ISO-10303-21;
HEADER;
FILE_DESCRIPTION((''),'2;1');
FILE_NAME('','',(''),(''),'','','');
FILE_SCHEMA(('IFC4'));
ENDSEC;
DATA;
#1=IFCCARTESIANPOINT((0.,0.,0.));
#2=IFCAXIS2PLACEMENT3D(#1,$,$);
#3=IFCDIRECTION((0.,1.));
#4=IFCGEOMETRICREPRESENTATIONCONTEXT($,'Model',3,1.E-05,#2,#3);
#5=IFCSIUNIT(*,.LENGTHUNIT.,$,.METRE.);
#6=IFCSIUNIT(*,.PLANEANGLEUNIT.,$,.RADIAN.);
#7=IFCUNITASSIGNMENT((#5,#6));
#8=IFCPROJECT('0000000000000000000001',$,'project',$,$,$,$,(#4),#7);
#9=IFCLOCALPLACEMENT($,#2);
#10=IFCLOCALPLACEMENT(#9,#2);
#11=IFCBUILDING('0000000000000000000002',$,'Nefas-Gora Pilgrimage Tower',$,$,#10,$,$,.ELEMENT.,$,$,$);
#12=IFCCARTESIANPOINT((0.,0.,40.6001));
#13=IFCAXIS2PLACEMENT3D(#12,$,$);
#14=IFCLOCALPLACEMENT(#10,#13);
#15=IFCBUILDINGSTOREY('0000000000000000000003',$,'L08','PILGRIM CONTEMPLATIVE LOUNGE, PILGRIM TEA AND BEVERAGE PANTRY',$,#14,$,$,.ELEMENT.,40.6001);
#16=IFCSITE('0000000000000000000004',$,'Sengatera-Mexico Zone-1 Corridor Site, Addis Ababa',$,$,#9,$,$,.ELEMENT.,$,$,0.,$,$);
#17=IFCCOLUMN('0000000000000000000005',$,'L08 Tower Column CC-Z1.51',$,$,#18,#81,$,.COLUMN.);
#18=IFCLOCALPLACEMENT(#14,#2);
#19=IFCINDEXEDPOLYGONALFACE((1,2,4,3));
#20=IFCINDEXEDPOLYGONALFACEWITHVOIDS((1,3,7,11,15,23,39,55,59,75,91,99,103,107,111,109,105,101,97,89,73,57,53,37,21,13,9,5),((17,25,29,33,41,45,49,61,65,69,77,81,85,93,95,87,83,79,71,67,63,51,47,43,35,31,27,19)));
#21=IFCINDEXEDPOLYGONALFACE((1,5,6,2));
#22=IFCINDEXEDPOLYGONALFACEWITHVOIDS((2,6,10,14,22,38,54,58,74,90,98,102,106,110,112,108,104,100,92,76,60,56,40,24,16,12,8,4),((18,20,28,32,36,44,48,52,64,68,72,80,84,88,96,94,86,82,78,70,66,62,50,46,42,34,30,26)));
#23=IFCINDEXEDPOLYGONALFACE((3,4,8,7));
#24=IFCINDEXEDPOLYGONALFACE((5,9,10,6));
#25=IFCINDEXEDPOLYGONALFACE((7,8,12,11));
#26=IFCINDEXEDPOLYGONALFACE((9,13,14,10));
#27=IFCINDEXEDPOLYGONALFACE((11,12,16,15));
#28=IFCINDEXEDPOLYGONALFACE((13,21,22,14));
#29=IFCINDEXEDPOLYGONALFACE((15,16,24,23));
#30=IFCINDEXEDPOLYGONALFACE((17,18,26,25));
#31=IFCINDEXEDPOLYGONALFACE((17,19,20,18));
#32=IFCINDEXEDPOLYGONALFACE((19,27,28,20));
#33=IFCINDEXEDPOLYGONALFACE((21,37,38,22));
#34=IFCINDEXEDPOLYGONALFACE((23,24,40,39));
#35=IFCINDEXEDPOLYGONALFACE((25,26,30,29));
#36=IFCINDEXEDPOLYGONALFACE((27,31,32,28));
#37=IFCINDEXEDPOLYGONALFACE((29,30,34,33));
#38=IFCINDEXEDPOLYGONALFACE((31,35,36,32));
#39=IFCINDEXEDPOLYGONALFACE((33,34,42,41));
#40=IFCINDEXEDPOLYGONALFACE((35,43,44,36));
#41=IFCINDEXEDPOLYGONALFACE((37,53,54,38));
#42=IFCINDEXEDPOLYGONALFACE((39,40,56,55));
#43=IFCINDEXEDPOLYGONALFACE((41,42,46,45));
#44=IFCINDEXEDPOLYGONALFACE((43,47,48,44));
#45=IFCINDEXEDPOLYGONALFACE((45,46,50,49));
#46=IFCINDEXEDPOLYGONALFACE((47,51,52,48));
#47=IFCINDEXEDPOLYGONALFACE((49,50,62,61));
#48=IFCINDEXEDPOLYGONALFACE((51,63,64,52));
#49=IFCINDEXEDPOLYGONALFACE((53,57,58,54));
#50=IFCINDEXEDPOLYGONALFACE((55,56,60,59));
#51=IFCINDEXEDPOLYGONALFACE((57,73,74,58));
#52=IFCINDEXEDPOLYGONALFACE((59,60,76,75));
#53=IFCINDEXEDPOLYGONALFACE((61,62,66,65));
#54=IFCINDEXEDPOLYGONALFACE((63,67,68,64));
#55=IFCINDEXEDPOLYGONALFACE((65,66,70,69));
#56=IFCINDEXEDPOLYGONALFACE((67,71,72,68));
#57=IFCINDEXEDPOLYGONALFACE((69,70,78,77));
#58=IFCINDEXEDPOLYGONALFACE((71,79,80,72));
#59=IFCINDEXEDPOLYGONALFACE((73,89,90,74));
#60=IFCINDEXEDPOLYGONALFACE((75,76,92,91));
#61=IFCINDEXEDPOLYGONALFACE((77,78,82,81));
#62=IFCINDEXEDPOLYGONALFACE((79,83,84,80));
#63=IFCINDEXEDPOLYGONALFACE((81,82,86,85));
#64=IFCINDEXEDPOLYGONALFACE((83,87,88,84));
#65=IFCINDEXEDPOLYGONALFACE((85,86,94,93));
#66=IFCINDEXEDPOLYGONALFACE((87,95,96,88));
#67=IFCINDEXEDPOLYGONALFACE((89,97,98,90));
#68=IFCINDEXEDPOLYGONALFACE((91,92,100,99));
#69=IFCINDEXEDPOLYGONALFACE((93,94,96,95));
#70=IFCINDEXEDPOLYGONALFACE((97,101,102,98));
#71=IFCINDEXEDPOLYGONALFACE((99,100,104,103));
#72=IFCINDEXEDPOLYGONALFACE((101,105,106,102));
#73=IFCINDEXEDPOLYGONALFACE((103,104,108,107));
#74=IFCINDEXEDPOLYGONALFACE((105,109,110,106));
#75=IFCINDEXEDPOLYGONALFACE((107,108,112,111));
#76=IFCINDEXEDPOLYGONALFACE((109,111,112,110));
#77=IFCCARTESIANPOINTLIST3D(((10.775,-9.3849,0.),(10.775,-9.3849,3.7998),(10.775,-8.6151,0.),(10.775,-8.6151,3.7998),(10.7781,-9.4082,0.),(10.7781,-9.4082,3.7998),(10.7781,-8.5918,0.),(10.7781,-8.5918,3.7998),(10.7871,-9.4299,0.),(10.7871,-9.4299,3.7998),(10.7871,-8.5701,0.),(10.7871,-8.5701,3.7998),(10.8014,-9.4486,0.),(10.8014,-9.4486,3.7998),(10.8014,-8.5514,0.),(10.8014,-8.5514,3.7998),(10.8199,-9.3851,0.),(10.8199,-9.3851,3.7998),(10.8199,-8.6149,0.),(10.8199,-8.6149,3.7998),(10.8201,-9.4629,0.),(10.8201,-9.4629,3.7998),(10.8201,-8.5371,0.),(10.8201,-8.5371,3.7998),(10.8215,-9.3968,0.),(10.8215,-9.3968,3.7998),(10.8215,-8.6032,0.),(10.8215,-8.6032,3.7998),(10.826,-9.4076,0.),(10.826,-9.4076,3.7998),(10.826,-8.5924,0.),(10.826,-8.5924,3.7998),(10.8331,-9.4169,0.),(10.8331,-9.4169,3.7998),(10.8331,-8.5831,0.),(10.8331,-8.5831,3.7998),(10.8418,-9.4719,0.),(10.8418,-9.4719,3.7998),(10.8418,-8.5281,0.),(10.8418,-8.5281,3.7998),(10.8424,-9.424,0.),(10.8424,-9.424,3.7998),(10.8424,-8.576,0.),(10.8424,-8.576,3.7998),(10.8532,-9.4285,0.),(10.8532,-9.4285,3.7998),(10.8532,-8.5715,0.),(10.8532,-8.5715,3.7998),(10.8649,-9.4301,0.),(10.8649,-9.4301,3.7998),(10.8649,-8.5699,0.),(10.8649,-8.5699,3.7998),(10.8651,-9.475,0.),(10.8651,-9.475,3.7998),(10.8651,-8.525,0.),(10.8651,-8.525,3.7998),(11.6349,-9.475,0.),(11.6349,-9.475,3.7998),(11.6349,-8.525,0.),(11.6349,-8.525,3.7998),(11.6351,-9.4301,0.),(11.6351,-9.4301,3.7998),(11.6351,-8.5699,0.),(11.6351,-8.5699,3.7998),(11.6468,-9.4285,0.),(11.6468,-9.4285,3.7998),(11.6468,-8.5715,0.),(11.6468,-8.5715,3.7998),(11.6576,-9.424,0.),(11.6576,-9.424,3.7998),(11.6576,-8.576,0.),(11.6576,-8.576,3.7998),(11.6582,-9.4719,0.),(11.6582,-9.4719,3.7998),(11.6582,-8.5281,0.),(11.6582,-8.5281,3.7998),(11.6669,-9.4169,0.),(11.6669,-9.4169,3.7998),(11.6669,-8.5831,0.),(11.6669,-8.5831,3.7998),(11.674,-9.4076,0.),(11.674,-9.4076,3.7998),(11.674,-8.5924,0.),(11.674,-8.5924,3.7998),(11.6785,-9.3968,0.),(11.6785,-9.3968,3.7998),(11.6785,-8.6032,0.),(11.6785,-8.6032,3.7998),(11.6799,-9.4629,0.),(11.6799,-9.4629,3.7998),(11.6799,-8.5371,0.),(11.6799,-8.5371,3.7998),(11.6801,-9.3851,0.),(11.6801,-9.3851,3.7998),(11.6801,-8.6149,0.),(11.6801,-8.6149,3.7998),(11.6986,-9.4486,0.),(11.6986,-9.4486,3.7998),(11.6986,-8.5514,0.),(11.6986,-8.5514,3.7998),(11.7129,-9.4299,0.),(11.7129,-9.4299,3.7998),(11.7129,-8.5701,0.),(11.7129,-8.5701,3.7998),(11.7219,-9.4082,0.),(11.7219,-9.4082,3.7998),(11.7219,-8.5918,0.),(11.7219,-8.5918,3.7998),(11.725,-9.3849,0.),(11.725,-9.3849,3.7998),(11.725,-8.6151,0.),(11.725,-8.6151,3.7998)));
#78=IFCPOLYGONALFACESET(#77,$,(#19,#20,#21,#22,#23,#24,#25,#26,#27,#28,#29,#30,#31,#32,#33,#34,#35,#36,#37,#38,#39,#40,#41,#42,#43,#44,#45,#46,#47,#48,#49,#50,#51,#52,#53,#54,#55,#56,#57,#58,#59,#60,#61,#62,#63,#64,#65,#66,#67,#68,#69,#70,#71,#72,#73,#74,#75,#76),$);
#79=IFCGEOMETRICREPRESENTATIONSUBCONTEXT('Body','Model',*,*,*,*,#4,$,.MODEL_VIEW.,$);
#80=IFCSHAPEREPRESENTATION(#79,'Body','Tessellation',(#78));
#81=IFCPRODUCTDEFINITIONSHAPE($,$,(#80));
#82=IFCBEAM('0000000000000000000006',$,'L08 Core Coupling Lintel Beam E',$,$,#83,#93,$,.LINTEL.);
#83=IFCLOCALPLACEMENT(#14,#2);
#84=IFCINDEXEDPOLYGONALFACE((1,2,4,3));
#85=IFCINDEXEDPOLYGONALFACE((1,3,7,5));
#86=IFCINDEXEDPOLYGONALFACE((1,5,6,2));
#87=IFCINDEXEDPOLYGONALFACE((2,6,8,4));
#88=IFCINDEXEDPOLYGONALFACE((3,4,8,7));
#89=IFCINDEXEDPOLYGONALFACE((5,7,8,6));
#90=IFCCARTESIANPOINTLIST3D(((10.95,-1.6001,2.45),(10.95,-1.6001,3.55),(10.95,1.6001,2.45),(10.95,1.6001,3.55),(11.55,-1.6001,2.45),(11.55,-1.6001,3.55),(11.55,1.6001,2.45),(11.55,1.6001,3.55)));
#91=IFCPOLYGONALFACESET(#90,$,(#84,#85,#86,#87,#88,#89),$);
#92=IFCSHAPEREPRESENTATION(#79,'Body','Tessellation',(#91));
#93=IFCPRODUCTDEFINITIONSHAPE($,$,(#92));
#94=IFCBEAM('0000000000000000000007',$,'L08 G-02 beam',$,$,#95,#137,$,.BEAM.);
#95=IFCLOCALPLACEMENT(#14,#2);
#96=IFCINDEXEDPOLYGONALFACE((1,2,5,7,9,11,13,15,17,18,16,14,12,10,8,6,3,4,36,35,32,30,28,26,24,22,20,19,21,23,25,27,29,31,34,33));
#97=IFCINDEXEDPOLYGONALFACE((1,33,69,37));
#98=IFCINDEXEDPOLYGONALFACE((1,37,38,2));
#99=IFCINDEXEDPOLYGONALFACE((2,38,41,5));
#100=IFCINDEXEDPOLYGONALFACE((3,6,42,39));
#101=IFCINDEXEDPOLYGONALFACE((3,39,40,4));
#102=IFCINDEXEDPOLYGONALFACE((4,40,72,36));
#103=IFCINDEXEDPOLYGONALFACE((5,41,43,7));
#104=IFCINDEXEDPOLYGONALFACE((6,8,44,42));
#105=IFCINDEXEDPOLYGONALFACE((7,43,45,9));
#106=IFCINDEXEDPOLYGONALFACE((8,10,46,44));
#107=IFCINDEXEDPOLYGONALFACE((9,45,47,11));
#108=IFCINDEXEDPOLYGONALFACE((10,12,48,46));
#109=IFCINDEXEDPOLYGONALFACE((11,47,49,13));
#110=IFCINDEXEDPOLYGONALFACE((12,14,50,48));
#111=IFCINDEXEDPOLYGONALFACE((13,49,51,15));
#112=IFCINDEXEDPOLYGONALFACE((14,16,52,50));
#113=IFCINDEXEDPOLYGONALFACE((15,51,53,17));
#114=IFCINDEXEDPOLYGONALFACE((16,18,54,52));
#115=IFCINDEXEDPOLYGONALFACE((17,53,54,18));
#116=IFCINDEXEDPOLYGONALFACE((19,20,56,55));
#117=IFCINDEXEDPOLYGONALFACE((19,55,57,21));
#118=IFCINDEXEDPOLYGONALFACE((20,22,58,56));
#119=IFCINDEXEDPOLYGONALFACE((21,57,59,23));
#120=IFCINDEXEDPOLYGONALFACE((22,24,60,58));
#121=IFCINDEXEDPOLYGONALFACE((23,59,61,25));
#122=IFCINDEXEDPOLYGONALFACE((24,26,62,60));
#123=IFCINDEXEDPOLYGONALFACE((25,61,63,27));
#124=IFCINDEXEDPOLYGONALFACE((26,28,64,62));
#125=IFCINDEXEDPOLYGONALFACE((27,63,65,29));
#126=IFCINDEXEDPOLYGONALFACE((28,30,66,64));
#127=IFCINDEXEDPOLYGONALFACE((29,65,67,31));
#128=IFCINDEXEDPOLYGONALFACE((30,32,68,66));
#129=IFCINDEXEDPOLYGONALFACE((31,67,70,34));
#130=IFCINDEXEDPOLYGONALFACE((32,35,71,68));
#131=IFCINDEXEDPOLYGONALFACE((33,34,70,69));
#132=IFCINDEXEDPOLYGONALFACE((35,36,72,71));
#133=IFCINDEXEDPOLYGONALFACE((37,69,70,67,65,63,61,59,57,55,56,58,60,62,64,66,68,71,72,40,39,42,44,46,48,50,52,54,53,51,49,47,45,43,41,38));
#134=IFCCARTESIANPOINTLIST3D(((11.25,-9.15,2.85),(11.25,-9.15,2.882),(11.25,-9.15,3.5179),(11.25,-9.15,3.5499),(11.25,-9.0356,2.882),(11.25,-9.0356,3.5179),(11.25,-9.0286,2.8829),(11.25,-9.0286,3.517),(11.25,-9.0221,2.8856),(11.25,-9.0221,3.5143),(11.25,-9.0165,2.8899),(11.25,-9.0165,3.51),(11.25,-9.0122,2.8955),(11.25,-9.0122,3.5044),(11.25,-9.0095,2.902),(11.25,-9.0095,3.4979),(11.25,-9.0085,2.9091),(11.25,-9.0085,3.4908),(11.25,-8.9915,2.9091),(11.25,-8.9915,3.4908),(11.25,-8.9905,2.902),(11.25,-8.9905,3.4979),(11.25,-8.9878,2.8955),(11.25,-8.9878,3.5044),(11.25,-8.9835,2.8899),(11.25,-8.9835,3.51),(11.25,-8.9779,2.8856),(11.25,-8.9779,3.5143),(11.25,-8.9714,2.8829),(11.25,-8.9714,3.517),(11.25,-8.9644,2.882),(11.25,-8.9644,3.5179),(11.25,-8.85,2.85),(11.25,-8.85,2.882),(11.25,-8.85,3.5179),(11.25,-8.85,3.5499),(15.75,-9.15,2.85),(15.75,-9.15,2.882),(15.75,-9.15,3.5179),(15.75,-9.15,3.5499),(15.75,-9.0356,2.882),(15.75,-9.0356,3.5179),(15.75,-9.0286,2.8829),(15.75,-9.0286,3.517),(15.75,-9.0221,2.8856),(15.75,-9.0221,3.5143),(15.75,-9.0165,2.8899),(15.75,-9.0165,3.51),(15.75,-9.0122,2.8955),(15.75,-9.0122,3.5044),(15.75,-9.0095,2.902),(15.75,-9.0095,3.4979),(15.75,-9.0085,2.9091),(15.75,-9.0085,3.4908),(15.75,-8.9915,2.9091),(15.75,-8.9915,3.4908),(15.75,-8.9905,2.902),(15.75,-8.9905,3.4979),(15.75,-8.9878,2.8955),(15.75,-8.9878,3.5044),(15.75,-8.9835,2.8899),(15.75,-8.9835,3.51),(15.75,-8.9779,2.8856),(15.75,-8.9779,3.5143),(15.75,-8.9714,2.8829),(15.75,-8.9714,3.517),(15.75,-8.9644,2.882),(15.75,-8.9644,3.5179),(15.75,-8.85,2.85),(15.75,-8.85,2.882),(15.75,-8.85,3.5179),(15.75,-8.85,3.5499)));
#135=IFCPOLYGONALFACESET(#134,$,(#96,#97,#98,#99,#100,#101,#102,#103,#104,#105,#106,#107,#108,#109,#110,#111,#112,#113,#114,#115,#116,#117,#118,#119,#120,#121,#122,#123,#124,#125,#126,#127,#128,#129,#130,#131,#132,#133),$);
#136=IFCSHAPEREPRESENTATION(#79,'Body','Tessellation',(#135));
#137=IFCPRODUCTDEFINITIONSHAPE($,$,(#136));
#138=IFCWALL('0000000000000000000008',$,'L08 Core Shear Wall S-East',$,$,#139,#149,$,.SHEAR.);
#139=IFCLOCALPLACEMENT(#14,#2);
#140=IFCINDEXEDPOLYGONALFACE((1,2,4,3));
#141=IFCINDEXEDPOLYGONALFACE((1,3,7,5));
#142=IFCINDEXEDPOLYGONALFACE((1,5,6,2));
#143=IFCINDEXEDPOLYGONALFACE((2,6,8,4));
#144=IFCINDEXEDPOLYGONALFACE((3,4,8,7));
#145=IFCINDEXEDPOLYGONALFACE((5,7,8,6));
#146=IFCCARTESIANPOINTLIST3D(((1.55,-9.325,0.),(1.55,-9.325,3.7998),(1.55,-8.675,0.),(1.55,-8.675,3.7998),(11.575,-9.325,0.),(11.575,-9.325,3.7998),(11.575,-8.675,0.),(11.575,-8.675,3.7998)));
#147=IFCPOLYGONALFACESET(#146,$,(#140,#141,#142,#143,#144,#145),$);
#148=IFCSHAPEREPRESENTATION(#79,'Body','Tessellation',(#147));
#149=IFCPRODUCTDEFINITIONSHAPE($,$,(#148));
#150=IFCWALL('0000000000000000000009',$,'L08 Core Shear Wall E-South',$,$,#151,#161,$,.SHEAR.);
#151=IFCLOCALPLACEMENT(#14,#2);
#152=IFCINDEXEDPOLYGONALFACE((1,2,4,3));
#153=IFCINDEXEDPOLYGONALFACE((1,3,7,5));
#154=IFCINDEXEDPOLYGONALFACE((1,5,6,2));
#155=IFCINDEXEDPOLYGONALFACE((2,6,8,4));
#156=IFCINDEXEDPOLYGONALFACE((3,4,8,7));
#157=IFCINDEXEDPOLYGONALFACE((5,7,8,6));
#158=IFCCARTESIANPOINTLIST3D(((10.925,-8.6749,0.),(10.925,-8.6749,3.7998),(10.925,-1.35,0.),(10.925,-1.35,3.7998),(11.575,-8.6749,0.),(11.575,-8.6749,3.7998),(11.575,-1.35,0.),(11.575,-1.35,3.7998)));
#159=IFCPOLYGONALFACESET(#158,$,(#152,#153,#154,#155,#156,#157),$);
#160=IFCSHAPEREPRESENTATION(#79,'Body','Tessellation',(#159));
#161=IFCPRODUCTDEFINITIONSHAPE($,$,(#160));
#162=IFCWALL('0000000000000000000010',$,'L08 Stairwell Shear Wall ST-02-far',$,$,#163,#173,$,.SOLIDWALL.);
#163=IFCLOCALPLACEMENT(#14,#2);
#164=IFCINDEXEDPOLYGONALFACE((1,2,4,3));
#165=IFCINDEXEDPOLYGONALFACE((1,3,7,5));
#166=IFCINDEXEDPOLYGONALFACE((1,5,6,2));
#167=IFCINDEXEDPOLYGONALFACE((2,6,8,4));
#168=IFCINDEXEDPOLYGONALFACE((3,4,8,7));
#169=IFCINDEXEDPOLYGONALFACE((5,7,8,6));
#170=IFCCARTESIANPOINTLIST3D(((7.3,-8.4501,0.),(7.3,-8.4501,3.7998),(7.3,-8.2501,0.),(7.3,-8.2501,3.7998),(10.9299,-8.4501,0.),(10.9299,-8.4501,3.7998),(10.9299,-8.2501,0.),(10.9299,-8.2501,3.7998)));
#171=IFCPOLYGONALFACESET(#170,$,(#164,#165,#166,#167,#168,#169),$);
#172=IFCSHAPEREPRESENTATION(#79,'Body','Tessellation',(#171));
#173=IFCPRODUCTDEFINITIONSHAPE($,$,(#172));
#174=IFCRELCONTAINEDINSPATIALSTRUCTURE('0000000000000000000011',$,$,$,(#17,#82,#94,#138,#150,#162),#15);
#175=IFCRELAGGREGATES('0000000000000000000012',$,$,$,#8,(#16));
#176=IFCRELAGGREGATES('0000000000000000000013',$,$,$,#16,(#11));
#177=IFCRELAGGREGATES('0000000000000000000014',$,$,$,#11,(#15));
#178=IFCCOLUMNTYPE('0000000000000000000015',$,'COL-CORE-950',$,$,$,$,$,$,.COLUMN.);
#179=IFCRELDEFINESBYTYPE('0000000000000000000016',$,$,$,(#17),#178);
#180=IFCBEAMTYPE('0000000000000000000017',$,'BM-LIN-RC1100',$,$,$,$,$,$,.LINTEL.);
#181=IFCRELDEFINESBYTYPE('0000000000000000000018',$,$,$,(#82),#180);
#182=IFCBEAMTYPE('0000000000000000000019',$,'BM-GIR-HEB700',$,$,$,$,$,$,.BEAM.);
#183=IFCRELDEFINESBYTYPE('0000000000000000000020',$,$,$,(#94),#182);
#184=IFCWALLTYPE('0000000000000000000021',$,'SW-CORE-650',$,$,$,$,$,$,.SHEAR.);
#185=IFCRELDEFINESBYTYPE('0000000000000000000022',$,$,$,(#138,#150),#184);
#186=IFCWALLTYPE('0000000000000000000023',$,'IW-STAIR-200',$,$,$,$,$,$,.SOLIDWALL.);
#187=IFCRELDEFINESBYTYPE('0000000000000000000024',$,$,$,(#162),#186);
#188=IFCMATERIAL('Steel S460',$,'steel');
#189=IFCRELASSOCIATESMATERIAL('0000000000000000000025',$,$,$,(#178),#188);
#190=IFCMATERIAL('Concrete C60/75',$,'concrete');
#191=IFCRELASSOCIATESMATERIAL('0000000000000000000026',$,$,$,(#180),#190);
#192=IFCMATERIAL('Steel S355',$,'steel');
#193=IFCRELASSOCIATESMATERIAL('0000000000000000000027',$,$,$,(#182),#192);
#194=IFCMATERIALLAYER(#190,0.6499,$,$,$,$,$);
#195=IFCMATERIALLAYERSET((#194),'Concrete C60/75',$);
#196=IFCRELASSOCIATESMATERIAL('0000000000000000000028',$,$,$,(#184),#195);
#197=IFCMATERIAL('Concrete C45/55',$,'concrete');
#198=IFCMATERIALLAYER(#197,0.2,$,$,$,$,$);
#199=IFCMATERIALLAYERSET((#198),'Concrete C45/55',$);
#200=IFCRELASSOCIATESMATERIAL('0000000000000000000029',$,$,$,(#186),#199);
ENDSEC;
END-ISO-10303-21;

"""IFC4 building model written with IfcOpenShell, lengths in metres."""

from ifc_helpers import new_model, si_unit, direction, frame, frame_2d, origin, origin_2d, place, context, subcontext, project, spatial, rectangle, hollow_rectangle, i_section, extrude, source, transform, mapped, material, layer, layer_set, material_profile, profile_set, type_object, element, save


model = new_model("IFC4")

# Units and contexts
model_context = context("Model", 3, precision=1e-05, world=origin(), true_north=direction((0.0, 1.0)))
body_context = subcontext(model_context, "Body", "Model", "MODEL_VIEW")
ifc_project = project(units=[si_unit("LENGTHUNIT", "METRE"), si_unit("PLANEANGLEUNIT", "RADIAN")], contexts=[model_context])

# Site, building, storey
site_placement = place(None, origin())
site = spatial("IfcSite", under=ifc_project, at=site_placement, Name="Sengatera-Mexico Zone-1 Corridor Site, Addis Ababa", CompositionType="ELEMENT", RefElevation=0.0)
building_placement = place(site_placement, origin())
building = spatial("IfcBuilding", under=site, at=building_placement, Name="Nefas-Gora Pilgrimage Tower", CompositionType="ELEMENT")
storey_placement = place(building_placement, frame((0.0, 0.0, 40.6001)))
storey = spatial("IfcBuildingStorey", under=building, at=storey_placement, Name="L08", Description="PILGRIM CONTEMPLATIVE LOUNGE, PILGRIM TEA AND BEVERAGE PANTRY", CompositionType="ELEMENT", Elevation=40.6001)

# Column
ifc_material_1 = material(Name="Steel S460", Category="steel")
ifc_material_profile_1 = material_profile(ifc_material_1, hollow_rectangle(XDim=0.95, YDim=0.95, WallThickness=0.0449, InnerFilletRadius=0.0449, OuterFilletRadius=0.0901, at=origin_2d()), Name="BOX 950x950x45")
ifc_profile_set_1 = profile_set([ifc_material_profile_1], Name="Steel S460")
column_type = type_object("IfcColumnType", Name="COL-CORE-950", PredefinedType="COLUMN", material=ifc_profile_set_1)
shared_shape_1 = source(origin(), body_context, "Body", "SweptSolid", [
    extrude(hollow_rectangle(XDim=0.95, YDim=0.95, WallThickness=0.0449, InnerFilletRadius=0.0449, OuterFilletRadius=0.0901, at=origin_2d()), origin(), (0.0, 0.0, 1.0), 3.7998),
])
column_placement = place(storey_placement, frame((11.25, -9.0, 0.0), z_axis=(0.0, 0.0, 1.0), x_axis=(1.0, 0.0, 0.0)))
element("IfcColumn", 1, at=column_placement, inside=storey, type_object=column_type, Name="L08 Tower Column CC-Z1.51", PredefinedType="COLUMN", context=body_context, shape_type="MappedRepresentation", body=[
    mapped(shared_shape_1, transform((0.0, 0.0, 0.0), x_axis=(1.0, 0.0, 0.0), y_axis=(0.0, 1.0, 0.0), z_axis=(0.0, 0.0, 1.0), scale=1.0)),
])

# Beams
ifc_material_2 = material(Name="Concrete C60/75", Category="concrete")
ifc_material_profile_2 = material_profile(ifc_material_2, rectangle(XDim=0.6001, YDim=1.1001, at=origin_2d()), Name="RC 600x1100")
ifc_profile_set_2 = profile_set([ifc_material_profile_2], Name="Concrete C60/75")
beam_type_1 = type_object("IfcBeamType", Name="BM-LIN-RC1100", PredefinedType="LINTEL", material=ifc_profile_set_2)
shared_shape_2 = source(origin(), body_context, "Body", "SweptSolid", [
    extrude(rectangle(XDim=0.6001, YDim=1.1001, at=origin_2d()), origin(), (0.0, 0.0, 1.0), 3.2002),
])
beam_1_placement = place(storey_placement, frame((11.25, -1.6001, 3.0), z_axis=(0.0, 1.0, 0.0), x_axis=(-1.0, 0.0, 0.0)))
element("IfcBeam", 2, at=beam_1_placement, inside=storey, type_object=beam_type_1, Name="L08 Core Coupling Lintel Beam E", PredefinedType="LINTEL", context=body_context, shape_type="MappedRepresentation", body=[
    mapped(shared_shape_2, transform((0.0, 0.0, 0.0), x_axis=(1.0, 0.0, 0.0), y_axis=(0.0, 1.0, 0.0), z_axis=(0.0, 0.0, 1.0), scale=1.0)),
])
ifc_material_3 = material(Name="Steel S355", Category="steel")
ifc_material_profile_3 = material_profile(ifc_material_3, i_section(OverallWidth=0.3, OverallDepth=0.7, WebThickness=0.0171, FlangeThickness=0.032, FilletRadius=0.0271, at=origin_2d()), Name="HEB 700")
ifc_profile_set_3 = profile_set([ifc_material_profile_3], Name="Steel S355")
beam_type_2 = type_object("IfcBeamType", Name="BM-GIR-HEB700", PredefinedType="BEAM", material=ifc_profile_set_3)
shared_shape_3 = source(origin(), body_context, "Body", "SweptSolid", [
    extrude(i_section(OverallWidth=0.3, OverallDepth=0.7, WebThickness=0.0171, FlangeThickness=0.032, FilletRadius=0.0271, at=origin_2d()), origin(), (0.0, 0.0, 1.0), 4.5),
])
beam_2_placement = place(storey_placement, frame((11.25, -9.0, 3.2), z_axis=(1.0, 0.0, 0.0), x_axis=(0.0, 1.0, 0.0)))
element("IfcBeam", 3, at=beam_2_placement, inside=storey, type_object=beam_type_2, Name="L08 G-02 beam", PredefinedType="BEAM", context=body_context, shape_type="MappedRepresentation", body=[
    mapped(shared_shape_3, transform((0.0, 0.0, 0.0), x_axis=(1.0, 0.0, 0.0), y_axis=(0.0, 1.0, 0.0), z_axis=(0.0, 0.0, 1.0), scale=1.0)),
])

# Walls
ifc_layer_1 = layer(ifc_material_2, 0.6499)
ifc_layer_set_1 = layer_set([ifc_layer_1], Name="Concrete C60/75")
wall_type_1 = type_object("IfcWallType", Name="SW-CORE-650", PredefinedType="SHEAR", material=ifc_layer_set_1)
shared_shape_4 = source(origin(), body_context, "Body", "SweptSolid", [
    extrude(rectangle(XDim=10.0249, YDim=0.6499, at=frame_2d((5.0125, 0.0))), origin(), (0.0, 0.0, 1.0), 3.7998),
])
wall_1_placement = place(storey_placement, frame((1.55, -9.0, 0.0), z_axis=(0.0, 0.0, 1.0), x_axis=(1.0, 0.0, 0.0)))
element("IfcWall", 4, at=wall_1_placement, inside=storey, type_object=wall_type_1, Name="L08 Core Shear Wall S-East", PredefinedType="SHEAR", context=body_context, shape_type="MappedRepresentation", body=[
    mapped(shared_shape_4, transform((0.0, 0.0, 0.0), x_axis=(1.0, 0.0, 0.0), y_axis=(0.0, 1.0, 0.0), z_axis=(0.0, 0.0, 1.0), scale=1.0)),
])
shared_shape_5 = source(origin(), body_context, "Body", "SweptSolid", [
    extrude(rectangle(XDim=7.325, YDim=0.6499, at=frame_2d((3.6626, 0.0))), origin(), (0.0, 0.0, 1.0), 3.7998),
])
wall_2_placement = place(storey_placement, frame((11.25, -8.675, 0.0), z_axis=(0.0, 0.0, 1.0), x_axis=(0.0, 1.0, 0.0)))
element("IfcWall", 5, at=wall_2_placement, inside=storey, type_object=wall_type_1, Name="L08 Core Shear Wall E-South", PredefinedType="SHEAR", context=body_context, shape_type="MappedRepresentation", body=[
    mapped(shared_shape_5, transform((0.0, 0.0, 0.0), x_axis=(1.0, 0.0, 0.0), y_axis=(0.0, 1.0, 0.0), z_axis=(0.0, 0.0, 1.0), scale=1.0)),
])
ifc_material_4 = material(Name="Concrete C45/55", Category="concrete")
ifc_layer_2 = layer(ifc_material_4, 0.2)
ifc_layer_set_2 = layer_set([ifc_layer_2], Name="Concrete C45/55")
wall_type_2 = type_object("IfcWallType", Name="IW-STAIR-200", PredefinedType="SOLIDWALL", material=ifc_layer_set_2)
shared_shape_6 = source(origin(), body_context, "Body", "SweptSolid", [
    extrude(rectangle(XDim=3.6299, YDim=0.2, at=frame_2d((1.8149, 0.0))), origin(), (0.0, 0.0, 1.0), 3.7998),
])
wall_3_placement = place(storey_placement, frame((7.3, -8.3501, 0.0), z_axis=(0.0, 0.0, 1.0), x_axis=(1.0, 0.0, 0.0)))
element("IfcWall", 6, at=wall_3_placement, inside=storey, type_object=wall_type_2, Name="L08 Stairwell Shear Wall ST-02-far", PredefinedType="SOLIDWALL", context=body_context, shape_type="MappedRepresentation", body=[
    mapped(shared_shape_6, transform((0.0, 0.0, 0.0), x_axis=(1.0, 0.0, 0.0), y_axis=(0.0, 1.0, 0.0), z_axis=(0.0, 0.0, 1.0), scale=1.0)),
])

save(model, "model.ifc")
